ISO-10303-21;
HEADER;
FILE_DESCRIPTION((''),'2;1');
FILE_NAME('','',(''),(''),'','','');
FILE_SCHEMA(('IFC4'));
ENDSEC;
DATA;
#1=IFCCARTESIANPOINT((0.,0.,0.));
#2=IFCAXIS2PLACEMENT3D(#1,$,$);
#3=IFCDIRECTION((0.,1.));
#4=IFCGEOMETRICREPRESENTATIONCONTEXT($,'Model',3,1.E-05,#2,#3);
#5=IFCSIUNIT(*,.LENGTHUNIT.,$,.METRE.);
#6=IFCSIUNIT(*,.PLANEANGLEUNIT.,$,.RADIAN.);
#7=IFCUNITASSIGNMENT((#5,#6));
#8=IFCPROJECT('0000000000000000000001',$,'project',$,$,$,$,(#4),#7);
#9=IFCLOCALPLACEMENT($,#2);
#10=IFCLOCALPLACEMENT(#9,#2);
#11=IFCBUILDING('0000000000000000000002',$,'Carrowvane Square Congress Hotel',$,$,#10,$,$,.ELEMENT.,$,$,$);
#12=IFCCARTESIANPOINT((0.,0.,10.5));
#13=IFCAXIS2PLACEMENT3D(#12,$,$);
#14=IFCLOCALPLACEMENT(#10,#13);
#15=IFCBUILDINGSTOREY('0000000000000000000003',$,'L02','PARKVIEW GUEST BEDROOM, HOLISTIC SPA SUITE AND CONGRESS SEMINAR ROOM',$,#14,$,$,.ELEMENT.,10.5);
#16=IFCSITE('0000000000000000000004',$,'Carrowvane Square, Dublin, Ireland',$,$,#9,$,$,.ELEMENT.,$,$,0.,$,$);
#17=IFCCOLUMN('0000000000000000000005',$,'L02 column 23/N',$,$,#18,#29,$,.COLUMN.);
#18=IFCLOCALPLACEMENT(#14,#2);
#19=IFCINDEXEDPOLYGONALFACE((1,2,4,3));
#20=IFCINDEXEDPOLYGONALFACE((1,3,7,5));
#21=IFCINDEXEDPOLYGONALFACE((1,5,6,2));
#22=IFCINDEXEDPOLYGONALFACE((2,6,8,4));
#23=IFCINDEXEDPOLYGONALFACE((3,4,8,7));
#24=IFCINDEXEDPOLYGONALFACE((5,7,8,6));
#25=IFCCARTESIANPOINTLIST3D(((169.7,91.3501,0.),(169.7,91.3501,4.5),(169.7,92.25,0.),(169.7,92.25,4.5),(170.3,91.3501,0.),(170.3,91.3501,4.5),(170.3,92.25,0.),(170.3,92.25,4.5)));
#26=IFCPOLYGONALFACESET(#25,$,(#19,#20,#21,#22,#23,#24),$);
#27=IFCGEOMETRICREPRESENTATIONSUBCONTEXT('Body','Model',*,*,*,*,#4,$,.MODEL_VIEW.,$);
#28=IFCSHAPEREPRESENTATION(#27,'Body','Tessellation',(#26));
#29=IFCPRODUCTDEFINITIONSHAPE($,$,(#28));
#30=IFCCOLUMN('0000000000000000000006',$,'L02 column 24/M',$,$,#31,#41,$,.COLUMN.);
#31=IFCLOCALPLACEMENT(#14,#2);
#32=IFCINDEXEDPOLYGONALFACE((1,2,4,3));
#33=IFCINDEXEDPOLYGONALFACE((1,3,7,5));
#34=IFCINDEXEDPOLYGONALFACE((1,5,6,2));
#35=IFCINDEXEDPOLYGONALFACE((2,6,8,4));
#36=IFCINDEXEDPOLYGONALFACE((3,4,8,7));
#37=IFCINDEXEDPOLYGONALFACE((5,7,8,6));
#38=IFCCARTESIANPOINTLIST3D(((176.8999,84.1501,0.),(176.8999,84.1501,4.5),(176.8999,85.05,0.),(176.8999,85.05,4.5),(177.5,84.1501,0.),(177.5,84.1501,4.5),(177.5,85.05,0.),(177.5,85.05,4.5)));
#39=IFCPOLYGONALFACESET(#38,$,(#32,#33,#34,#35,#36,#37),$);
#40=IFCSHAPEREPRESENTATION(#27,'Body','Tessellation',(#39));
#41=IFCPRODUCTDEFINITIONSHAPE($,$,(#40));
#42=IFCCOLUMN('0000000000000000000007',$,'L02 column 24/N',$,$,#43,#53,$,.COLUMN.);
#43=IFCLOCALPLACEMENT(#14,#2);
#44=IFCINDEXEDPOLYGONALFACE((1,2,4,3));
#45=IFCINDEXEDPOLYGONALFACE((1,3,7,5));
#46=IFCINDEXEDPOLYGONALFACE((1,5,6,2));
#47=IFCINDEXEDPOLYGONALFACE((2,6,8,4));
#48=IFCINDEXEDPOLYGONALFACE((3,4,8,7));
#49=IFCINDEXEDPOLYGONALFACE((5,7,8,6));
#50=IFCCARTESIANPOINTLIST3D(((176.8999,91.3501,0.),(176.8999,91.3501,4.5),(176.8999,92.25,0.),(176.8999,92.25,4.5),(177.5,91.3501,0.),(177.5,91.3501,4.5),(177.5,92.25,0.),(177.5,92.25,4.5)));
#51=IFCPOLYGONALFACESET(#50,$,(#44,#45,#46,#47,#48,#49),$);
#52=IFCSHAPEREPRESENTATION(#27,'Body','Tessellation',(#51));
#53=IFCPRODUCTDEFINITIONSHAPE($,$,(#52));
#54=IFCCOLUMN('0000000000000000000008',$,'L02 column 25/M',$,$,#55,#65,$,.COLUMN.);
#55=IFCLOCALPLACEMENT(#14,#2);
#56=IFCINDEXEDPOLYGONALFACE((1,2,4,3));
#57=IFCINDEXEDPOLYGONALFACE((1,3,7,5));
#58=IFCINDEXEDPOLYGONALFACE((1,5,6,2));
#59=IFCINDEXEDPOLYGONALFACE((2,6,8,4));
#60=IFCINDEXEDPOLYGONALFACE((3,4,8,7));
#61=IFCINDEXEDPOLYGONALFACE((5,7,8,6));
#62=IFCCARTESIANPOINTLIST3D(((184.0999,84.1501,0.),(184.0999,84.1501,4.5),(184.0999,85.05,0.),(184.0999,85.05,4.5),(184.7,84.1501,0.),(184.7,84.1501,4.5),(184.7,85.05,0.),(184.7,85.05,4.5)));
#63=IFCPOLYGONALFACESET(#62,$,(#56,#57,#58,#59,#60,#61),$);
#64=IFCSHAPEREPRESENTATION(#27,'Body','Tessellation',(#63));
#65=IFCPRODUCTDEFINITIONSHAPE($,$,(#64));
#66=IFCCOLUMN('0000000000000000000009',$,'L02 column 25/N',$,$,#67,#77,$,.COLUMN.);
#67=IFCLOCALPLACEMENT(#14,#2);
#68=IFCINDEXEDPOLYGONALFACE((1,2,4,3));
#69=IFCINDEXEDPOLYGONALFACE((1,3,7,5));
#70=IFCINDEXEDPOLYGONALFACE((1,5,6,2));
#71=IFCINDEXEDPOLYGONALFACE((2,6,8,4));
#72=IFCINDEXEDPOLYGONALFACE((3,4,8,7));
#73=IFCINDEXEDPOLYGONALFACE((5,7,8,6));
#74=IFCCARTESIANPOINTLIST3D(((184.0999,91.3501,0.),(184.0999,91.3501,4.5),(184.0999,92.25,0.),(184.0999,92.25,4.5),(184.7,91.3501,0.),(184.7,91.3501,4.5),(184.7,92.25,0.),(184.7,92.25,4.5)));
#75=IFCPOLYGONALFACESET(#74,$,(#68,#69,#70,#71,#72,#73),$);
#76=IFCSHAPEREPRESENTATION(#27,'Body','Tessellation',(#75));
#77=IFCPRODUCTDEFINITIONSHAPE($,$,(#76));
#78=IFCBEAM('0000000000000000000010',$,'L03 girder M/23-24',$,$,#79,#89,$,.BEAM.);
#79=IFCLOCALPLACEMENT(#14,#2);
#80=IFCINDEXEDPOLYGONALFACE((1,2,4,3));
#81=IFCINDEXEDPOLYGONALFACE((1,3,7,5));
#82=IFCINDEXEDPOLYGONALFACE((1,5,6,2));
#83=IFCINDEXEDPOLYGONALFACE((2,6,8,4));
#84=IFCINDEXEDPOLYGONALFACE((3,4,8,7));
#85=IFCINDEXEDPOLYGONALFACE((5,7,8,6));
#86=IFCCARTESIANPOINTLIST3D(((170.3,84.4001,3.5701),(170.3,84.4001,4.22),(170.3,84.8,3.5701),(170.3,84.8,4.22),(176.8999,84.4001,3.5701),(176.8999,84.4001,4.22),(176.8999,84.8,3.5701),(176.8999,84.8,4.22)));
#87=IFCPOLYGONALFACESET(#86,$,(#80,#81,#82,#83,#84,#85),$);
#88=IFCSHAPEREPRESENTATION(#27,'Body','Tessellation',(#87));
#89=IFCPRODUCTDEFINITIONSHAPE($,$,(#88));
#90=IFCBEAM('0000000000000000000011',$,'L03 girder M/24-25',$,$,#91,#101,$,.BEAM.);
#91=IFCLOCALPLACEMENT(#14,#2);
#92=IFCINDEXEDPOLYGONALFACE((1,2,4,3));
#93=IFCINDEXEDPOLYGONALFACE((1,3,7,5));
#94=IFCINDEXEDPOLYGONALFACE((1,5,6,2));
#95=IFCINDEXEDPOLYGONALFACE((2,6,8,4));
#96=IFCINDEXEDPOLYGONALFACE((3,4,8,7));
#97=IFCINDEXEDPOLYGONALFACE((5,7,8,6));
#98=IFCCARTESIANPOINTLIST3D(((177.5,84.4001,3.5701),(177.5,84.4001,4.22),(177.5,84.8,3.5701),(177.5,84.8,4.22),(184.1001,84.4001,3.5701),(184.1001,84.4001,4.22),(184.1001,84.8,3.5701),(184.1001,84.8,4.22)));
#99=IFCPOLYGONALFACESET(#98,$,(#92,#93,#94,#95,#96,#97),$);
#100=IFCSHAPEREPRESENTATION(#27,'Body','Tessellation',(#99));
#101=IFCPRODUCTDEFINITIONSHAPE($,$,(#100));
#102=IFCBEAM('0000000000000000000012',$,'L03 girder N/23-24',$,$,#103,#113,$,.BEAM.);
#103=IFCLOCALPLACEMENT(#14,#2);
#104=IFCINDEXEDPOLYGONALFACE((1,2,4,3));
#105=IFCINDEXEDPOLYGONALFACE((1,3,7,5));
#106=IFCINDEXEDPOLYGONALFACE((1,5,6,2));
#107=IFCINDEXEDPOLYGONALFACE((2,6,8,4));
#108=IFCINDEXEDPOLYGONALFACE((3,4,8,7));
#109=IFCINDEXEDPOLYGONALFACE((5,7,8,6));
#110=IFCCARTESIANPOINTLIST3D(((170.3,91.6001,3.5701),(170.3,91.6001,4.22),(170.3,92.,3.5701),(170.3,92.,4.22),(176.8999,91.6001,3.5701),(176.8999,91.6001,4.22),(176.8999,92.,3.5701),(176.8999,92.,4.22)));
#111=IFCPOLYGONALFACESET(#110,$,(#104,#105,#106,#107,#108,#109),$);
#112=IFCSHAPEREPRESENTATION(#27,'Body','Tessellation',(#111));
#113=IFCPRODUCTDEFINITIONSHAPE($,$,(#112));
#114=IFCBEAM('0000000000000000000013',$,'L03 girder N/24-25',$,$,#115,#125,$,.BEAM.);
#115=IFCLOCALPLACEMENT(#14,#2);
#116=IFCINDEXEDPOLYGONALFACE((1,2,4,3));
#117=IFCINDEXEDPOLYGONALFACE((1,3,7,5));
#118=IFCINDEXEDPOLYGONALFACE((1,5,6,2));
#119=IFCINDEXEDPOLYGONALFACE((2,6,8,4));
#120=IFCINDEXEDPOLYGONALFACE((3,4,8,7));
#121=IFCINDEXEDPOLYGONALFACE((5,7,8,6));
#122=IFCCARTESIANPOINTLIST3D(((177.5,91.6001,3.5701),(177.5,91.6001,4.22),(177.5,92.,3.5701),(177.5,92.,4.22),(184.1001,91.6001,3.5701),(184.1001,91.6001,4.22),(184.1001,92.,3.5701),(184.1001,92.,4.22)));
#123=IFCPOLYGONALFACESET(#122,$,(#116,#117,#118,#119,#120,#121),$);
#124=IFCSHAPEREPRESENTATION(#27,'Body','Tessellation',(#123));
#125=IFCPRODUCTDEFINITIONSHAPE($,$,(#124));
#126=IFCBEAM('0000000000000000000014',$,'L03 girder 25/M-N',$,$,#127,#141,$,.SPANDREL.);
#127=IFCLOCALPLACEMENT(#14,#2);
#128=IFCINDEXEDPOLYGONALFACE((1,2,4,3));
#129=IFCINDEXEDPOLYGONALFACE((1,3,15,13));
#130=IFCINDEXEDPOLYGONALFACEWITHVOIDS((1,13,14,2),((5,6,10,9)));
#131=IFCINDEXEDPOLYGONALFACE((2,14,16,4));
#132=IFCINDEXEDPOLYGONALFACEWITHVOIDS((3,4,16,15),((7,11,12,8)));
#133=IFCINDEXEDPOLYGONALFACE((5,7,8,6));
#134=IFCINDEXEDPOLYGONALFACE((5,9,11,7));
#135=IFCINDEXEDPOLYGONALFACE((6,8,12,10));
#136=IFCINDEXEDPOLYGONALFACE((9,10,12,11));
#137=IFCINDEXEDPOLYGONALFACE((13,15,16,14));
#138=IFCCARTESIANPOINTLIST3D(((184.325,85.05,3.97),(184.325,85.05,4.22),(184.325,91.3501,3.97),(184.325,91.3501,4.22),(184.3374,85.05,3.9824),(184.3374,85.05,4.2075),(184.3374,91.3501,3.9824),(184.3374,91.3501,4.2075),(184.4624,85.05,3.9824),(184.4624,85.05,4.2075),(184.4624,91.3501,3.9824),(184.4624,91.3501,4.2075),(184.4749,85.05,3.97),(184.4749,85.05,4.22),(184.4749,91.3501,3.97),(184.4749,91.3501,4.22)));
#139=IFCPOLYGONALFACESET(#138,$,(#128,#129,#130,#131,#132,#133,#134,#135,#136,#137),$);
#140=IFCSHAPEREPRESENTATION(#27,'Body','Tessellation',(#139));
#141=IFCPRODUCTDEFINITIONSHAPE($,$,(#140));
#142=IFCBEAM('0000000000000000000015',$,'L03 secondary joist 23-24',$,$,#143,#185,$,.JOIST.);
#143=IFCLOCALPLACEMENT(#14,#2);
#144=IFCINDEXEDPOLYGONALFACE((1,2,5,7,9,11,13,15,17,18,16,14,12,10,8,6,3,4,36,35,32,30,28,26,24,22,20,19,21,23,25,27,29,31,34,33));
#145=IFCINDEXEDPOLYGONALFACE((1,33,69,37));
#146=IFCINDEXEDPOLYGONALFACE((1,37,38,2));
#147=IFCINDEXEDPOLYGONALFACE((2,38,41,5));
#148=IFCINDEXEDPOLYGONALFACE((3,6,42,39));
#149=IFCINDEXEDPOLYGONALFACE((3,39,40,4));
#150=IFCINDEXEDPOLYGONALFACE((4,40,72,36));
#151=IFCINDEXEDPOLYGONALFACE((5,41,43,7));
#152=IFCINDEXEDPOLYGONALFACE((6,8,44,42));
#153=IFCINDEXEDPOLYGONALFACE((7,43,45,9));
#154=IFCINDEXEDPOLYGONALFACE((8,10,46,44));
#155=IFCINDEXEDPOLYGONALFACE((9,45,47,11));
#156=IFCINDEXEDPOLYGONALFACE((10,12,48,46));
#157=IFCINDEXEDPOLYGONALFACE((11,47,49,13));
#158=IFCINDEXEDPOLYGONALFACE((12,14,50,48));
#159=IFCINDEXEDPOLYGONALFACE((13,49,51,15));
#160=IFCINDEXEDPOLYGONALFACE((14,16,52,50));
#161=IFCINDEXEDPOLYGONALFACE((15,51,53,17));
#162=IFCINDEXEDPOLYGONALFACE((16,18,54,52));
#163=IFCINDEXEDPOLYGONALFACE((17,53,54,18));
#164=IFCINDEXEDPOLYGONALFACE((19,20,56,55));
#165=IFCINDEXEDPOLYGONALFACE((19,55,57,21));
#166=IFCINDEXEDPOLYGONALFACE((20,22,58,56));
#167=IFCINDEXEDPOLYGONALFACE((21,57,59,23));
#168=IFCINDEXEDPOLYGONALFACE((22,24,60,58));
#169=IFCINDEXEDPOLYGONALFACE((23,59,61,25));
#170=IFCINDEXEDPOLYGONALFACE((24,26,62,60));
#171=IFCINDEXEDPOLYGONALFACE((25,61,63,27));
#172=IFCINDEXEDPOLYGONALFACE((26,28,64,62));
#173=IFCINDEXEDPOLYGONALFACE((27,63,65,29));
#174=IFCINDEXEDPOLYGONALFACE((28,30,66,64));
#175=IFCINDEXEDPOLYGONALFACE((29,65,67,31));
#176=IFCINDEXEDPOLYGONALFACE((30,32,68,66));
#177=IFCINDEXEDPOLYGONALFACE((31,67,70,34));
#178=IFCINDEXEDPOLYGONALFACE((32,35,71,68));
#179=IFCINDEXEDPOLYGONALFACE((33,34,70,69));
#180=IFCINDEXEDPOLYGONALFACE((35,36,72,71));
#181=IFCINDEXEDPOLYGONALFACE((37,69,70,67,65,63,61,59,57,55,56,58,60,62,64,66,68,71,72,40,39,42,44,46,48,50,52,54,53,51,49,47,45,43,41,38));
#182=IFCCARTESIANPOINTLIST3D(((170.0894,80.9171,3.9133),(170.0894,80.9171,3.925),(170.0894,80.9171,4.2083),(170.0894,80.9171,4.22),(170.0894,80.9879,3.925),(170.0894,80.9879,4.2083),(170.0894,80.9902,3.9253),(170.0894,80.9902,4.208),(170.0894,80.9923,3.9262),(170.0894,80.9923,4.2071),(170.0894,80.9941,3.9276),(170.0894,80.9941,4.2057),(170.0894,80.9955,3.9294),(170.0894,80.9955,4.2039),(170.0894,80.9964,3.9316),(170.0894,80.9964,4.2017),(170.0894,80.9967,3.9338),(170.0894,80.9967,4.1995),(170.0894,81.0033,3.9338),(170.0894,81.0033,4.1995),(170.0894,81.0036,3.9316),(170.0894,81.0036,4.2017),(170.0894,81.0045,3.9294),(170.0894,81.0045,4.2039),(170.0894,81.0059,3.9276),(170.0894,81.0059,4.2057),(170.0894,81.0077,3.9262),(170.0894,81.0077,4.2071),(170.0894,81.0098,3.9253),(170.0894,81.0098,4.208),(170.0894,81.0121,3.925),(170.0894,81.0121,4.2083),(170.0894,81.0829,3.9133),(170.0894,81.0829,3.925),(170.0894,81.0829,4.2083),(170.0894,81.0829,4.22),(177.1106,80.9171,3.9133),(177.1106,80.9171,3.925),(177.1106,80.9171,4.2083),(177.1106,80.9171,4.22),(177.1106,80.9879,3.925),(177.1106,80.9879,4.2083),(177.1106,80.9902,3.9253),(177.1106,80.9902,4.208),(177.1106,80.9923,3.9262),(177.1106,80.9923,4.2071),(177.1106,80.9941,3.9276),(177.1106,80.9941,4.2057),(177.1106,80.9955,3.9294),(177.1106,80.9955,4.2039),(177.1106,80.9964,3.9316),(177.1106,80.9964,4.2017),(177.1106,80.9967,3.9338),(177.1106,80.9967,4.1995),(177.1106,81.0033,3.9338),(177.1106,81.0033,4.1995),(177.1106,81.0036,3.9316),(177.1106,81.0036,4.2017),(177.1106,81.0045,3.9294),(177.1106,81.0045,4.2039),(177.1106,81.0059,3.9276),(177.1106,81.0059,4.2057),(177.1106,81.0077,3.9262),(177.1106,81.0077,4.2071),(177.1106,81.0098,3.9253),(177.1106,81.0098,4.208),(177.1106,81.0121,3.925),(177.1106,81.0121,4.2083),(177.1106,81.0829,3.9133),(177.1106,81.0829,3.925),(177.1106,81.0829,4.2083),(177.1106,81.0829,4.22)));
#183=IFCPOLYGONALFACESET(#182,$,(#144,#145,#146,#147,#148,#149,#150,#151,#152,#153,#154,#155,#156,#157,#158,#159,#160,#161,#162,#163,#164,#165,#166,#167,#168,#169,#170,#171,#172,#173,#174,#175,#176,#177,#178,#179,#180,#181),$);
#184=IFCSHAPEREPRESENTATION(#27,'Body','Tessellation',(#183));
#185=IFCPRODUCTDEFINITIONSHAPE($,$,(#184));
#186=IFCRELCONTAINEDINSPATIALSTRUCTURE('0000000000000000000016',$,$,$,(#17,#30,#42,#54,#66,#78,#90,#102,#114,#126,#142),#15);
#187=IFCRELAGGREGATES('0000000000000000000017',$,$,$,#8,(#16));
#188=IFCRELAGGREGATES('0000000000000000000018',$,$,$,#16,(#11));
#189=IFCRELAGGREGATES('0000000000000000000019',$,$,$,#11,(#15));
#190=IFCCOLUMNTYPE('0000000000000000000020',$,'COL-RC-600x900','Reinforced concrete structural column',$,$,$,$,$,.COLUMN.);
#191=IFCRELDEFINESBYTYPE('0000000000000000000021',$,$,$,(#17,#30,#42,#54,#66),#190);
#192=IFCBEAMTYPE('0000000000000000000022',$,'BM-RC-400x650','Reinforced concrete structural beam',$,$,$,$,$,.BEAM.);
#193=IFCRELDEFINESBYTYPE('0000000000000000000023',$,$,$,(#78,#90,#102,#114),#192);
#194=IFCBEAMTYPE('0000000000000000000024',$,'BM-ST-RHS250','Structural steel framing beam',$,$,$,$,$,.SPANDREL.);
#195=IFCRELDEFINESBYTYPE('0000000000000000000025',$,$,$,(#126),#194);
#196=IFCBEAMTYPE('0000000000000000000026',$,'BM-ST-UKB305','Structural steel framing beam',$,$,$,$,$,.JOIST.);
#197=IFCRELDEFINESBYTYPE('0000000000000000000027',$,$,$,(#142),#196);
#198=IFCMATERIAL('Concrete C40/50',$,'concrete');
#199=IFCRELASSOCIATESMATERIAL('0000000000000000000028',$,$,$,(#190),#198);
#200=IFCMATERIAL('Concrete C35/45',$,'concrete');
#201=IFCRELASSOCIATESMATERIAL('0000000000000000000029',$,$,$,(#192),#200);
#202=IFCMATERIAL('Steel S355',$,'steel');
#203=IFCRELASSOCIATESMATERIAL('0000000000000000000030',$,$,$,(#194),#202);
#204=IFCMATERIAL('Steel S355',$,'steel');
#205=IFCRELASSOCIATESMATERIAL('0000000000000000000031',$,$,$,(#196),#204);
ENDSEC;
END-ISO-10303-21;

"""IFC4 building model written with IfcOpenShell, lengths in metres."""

from ifc_helpers import new_model, si_unit, direction, frame, origin, origin_2d, place, context, subcontext, project, spatial, rectangle, hollow_rectangle, i_section, extrude, material, material_profile, profile_set, type_object, element, save


model = new_model("IFC4")

# Units and contexts
model_context = context("Model", 3, precision=1e-05, world=origin(), true_north=direction((0.0, 1.0)))
body_context = subcontext(model_context, "Body", "Model", "MODEL_VIEW")
ifc_project = project(units=[si_unit("LENGTHUNIT", "METRE"), si_unit("PLANEANGLEUNIT", "RADIAN")], contexts=[model_context])

# Site, building, storey
site_placement = place(None, origin())
site = spatial("IfcSite", under=ifc_project, at=site_placement, Name="Carrowvane Square, Dublin, Ireland", CompositionType="ELEMENT", RefElevation=0.0)
building_placement = place(site_placement, origin())
building = spatial("IfcBuilding", under=site, at=building_placement, Name="Carrowvane Square Congress Hotel", CompositionType="ELEMENT")
storey_placement = place(building_placement, frame((0.0, 0.0, 10.5)))
storey = spatial("IfcBuildingStorey", under=building, at=storey_placement, Name="L02", Description="PARKVIEW GUEST BEDROOM, HOLISTIC SPA SUITE AND CONGRESS SEMINAR ROOM", CompositionType="ELEMENT", Elevation=10.5)

# Columns
ifc_material_1 = material(Name="Concrete C40/50", Category="concrete")
ifc_material_profile_1 = material_profile(ifc_material_1, rectangle(XDim=0.6001, YDim=0.8999, at=origin_2d()), Name="RC 600x900")
ifc_profile_set_1 = profile_set([ifc_material_profile_1], Name="Concrete C40/50")
column_type = type_object("IfcColumnType", Name="COL-RC-600x900", Description="Reinforced concrete structural column", PredefinedType="COLUMN", material=ifc_profile_set_1)
for number, where, z_axis, x_axis, name in (
    (1, (170.0, 91.8, 0.0), (0.0, 0.0, 1.0), (1.0, 0.0, 0.0), "L02 column 23/N"),
    (2, (177.2, 84.6001, 0.0), (0.0, 0.0, 1.0), (1.0, 0.0, 0.0), "L02 column 24/M"),
    (3, (177.2, 91.8, 0.0), (0.0, 0.0, 1.0), (1.0, 0.0, 0.0), "L02 column 24/N"),
    (4, (184.3999, 84.6001, 0.0), (0.0, 0.0, 1.0), (1.0, 0.0, 0.0), "L02 column 25/M"),
    (5, (184.3999, 91.8, 0.0), (0.0, 0.0, 1.0), (1.0, 0.0, 0.0), "L02 column 25/N"),
):
    element("IfcColumn", number, at=place(storey_placement, frame(where, z_axis=z_axis, x_axis=x_axis)), inside=storey, type_object=column_type, Name=name, PredefinedType="COLUMN", context=body_context, shape_type="SweptSolid", body=[
        extrude(rectangle(XDim=0.6001, YDim=0.8999, at=origin_2d()), origin(), (0.0, 0.0, 1.0), 4.5),
    ])

# Beams
ifc_material_2 = material(Name="Concrete C35/45", Category="concrete")
ifc_material_profile_2 = material_profile(ifc_material_2, rectangle(XDim=0.3999, YDim=0.6499, at=origin_2d()), Name="RC 400x650")
ifc_profile_set_2 = profile_set([ifc_material_profile_2], Name="Concrete C35/45")
beam_type_1 = type_object("IfcBeamType", Name="BM-RC-400x650", Description="Reinforced concrete structural beam", PredefinedType="BEAM", material=ifc_profile_set_2)
beam_1_placement = place(storey_placement, frame((170.3, 84.6001, 3.895), z_axis=(1.0, 0.0, 0.0), x_axis=(0.0, 1.0, 0.0)))
element("IfcBeam", 6, at=beam_1_placement, inside=storey, type_object=beam_type_1, Name="L03 girder M/23-24", PredefinedType="BEAM", context=body_context, shape_type="SweptSolid", body=[
    extrude(rectangle(XDim=0.3999, YDim=0.6499, at=origin_2d()), origin(), (0.0, 0.0, 1.0), 6.5999),
])
beam_2_placement = place(storey_placement, frame((177.5, 84.6001, 3.895), z_axis=(1.0, 0.0, 0.0), x_axis=(0.0, 1.0, 0.0)))
element("IfcBeam", 7, at=beam_2_placement, inside=storey, type_object=beam_type_1, Name="L03 girder M/24-25", PredefinedType="BEAM", context=body_context, shape_type="SweptSolid", body=[
    extrude(rectangle(XDim=0.3999, YDim=0.6499, at=origin_2d()), origin(), (0.0, 0.0, 1.0), 6.6001),
])
beam_3_placement = place(storey_placement, frame((170.3, 91.8, 3.895), z_axis=(1.0, 0.0, 0.0), x_axis=(0.0, 1.0, 0.0)))
element("IfcBeam", 8, at=beam_3_placement, inside=storey, type_object=beam_type_1, Name="L03 girder N/23-24", PredefinedType="BEAM", context=body_context, shape_type="SweptSolid", body=[
    extrude(rectangle(XDim=0.3999, YDim=0.6499, at=origin_2d()), origin(), (0.0, 0.0, 1.0), 6.5999),
])
beam_4_placement = place(storey_placement, frame((177.5, 91.8, 3.895), z_axis=(1.0, 0.0, 0.0), x_axis=(0.0, 1.0, 0.0)))
element("IfcBeam", 9, at=beam_4_placement, inside=storey, type_object=beam_type_1, Name="L03 girder N/24-25", PredefinedType="BEAM", context=body_context, shape_type="SweptSolid", body=[
    extrude(rectangle(XDim=0.3999, YDim=0.6499, at=origin_2d()), origin(), (0.0, 0.0, 1.0), 6.6001),
])
ifc_material_3 = material(Name="Steel S355", Category="steel")
ifc_material_profile_3 = material_profile(ifc_material_3, hollow_rectangle(XDim=0.1499, YDim=0.25, WallThickness=0.0125, at=origin_2d()), Name="RHS 250x150x12.5")
ifc_profile_set_3 = profile_set([ifc_material_profile_3], Name="Steel S355")
beam_type_2 = type_object("IfcBeamType", Name="BM-ST-RHS250", Description="Structural steel framing beam", PredefinedType="SPANDREL", material=ifc_profile_set_3)
beam_5_placement = place(storey_placement, frame((184.3999, 85.05, 4.095), z_axis=(0.0, 1.0, 0.0), x_axis=(-1.0, 0.0, 0.0)))
element("IfcBeam", 10, at=beam_5_placement, inside=storey, type_object=beam_type_2, Name="L03 girder 25/M-N", PredefinedType="SPANDREL", context=body_context, shape_type="SweptSolid", body=[
    extrude(hollow_rectangle(XDim=0.1499, YDim=0.25, WallThickness=0.0125, at=origin_2d()), origin(), (0.0, 0.0, 1.0), 6.3),
])
ifc_material_4 = material(Name="Steel S355", Category="steel")
ifc_material_profile_4 = material_profile(ifc_material_4, i_section(OverallWidth=0.1658, OverallDepth=0.3066, WebThickness=0.0066, FlangeThickness=0.0117, FilletRadius=0.0088, at=origin_2d()), Name="UKB 305x165x46")
ifc_profile_set_4 = profile_set([ifc_material_profile_4], Name="Steel S355")
beam_type_3 = type_object("IfcBeamType", Name="BM-ST-UKB305", Description="Structural steel framing beam", PredefinedType="JOIST", material=ifc_profile_set_4)
for number, where, z_axis, x_axis, name in (
    (11, (170.0894, 81.0, 4.0667), (1.0, 0.0, 0.0), (0.0, 1.0, 0.0), "L03 secondary joist 23-24"),
):
    element("IfcBeam", number, at=place(storey_placement, frame(where, z_axis=z_axis, x_axis=x_axis)), inside=storey, type_object=beam_type_3, Name=name, PredefinedType="JOIST", context=body_context, shape_type="SweptSolid", body=[
        extrude(i_section(OverallWidth=0.1658, OverallDepth=0.3066, WebThickness=0.0066, FlangeThickness=0.0117, FilletRadius=0.0088, at=origin_2d()), origin(), (0.0, 0.0, 1.0), 7.0212),
    ])

save(model, "model.ifc")
